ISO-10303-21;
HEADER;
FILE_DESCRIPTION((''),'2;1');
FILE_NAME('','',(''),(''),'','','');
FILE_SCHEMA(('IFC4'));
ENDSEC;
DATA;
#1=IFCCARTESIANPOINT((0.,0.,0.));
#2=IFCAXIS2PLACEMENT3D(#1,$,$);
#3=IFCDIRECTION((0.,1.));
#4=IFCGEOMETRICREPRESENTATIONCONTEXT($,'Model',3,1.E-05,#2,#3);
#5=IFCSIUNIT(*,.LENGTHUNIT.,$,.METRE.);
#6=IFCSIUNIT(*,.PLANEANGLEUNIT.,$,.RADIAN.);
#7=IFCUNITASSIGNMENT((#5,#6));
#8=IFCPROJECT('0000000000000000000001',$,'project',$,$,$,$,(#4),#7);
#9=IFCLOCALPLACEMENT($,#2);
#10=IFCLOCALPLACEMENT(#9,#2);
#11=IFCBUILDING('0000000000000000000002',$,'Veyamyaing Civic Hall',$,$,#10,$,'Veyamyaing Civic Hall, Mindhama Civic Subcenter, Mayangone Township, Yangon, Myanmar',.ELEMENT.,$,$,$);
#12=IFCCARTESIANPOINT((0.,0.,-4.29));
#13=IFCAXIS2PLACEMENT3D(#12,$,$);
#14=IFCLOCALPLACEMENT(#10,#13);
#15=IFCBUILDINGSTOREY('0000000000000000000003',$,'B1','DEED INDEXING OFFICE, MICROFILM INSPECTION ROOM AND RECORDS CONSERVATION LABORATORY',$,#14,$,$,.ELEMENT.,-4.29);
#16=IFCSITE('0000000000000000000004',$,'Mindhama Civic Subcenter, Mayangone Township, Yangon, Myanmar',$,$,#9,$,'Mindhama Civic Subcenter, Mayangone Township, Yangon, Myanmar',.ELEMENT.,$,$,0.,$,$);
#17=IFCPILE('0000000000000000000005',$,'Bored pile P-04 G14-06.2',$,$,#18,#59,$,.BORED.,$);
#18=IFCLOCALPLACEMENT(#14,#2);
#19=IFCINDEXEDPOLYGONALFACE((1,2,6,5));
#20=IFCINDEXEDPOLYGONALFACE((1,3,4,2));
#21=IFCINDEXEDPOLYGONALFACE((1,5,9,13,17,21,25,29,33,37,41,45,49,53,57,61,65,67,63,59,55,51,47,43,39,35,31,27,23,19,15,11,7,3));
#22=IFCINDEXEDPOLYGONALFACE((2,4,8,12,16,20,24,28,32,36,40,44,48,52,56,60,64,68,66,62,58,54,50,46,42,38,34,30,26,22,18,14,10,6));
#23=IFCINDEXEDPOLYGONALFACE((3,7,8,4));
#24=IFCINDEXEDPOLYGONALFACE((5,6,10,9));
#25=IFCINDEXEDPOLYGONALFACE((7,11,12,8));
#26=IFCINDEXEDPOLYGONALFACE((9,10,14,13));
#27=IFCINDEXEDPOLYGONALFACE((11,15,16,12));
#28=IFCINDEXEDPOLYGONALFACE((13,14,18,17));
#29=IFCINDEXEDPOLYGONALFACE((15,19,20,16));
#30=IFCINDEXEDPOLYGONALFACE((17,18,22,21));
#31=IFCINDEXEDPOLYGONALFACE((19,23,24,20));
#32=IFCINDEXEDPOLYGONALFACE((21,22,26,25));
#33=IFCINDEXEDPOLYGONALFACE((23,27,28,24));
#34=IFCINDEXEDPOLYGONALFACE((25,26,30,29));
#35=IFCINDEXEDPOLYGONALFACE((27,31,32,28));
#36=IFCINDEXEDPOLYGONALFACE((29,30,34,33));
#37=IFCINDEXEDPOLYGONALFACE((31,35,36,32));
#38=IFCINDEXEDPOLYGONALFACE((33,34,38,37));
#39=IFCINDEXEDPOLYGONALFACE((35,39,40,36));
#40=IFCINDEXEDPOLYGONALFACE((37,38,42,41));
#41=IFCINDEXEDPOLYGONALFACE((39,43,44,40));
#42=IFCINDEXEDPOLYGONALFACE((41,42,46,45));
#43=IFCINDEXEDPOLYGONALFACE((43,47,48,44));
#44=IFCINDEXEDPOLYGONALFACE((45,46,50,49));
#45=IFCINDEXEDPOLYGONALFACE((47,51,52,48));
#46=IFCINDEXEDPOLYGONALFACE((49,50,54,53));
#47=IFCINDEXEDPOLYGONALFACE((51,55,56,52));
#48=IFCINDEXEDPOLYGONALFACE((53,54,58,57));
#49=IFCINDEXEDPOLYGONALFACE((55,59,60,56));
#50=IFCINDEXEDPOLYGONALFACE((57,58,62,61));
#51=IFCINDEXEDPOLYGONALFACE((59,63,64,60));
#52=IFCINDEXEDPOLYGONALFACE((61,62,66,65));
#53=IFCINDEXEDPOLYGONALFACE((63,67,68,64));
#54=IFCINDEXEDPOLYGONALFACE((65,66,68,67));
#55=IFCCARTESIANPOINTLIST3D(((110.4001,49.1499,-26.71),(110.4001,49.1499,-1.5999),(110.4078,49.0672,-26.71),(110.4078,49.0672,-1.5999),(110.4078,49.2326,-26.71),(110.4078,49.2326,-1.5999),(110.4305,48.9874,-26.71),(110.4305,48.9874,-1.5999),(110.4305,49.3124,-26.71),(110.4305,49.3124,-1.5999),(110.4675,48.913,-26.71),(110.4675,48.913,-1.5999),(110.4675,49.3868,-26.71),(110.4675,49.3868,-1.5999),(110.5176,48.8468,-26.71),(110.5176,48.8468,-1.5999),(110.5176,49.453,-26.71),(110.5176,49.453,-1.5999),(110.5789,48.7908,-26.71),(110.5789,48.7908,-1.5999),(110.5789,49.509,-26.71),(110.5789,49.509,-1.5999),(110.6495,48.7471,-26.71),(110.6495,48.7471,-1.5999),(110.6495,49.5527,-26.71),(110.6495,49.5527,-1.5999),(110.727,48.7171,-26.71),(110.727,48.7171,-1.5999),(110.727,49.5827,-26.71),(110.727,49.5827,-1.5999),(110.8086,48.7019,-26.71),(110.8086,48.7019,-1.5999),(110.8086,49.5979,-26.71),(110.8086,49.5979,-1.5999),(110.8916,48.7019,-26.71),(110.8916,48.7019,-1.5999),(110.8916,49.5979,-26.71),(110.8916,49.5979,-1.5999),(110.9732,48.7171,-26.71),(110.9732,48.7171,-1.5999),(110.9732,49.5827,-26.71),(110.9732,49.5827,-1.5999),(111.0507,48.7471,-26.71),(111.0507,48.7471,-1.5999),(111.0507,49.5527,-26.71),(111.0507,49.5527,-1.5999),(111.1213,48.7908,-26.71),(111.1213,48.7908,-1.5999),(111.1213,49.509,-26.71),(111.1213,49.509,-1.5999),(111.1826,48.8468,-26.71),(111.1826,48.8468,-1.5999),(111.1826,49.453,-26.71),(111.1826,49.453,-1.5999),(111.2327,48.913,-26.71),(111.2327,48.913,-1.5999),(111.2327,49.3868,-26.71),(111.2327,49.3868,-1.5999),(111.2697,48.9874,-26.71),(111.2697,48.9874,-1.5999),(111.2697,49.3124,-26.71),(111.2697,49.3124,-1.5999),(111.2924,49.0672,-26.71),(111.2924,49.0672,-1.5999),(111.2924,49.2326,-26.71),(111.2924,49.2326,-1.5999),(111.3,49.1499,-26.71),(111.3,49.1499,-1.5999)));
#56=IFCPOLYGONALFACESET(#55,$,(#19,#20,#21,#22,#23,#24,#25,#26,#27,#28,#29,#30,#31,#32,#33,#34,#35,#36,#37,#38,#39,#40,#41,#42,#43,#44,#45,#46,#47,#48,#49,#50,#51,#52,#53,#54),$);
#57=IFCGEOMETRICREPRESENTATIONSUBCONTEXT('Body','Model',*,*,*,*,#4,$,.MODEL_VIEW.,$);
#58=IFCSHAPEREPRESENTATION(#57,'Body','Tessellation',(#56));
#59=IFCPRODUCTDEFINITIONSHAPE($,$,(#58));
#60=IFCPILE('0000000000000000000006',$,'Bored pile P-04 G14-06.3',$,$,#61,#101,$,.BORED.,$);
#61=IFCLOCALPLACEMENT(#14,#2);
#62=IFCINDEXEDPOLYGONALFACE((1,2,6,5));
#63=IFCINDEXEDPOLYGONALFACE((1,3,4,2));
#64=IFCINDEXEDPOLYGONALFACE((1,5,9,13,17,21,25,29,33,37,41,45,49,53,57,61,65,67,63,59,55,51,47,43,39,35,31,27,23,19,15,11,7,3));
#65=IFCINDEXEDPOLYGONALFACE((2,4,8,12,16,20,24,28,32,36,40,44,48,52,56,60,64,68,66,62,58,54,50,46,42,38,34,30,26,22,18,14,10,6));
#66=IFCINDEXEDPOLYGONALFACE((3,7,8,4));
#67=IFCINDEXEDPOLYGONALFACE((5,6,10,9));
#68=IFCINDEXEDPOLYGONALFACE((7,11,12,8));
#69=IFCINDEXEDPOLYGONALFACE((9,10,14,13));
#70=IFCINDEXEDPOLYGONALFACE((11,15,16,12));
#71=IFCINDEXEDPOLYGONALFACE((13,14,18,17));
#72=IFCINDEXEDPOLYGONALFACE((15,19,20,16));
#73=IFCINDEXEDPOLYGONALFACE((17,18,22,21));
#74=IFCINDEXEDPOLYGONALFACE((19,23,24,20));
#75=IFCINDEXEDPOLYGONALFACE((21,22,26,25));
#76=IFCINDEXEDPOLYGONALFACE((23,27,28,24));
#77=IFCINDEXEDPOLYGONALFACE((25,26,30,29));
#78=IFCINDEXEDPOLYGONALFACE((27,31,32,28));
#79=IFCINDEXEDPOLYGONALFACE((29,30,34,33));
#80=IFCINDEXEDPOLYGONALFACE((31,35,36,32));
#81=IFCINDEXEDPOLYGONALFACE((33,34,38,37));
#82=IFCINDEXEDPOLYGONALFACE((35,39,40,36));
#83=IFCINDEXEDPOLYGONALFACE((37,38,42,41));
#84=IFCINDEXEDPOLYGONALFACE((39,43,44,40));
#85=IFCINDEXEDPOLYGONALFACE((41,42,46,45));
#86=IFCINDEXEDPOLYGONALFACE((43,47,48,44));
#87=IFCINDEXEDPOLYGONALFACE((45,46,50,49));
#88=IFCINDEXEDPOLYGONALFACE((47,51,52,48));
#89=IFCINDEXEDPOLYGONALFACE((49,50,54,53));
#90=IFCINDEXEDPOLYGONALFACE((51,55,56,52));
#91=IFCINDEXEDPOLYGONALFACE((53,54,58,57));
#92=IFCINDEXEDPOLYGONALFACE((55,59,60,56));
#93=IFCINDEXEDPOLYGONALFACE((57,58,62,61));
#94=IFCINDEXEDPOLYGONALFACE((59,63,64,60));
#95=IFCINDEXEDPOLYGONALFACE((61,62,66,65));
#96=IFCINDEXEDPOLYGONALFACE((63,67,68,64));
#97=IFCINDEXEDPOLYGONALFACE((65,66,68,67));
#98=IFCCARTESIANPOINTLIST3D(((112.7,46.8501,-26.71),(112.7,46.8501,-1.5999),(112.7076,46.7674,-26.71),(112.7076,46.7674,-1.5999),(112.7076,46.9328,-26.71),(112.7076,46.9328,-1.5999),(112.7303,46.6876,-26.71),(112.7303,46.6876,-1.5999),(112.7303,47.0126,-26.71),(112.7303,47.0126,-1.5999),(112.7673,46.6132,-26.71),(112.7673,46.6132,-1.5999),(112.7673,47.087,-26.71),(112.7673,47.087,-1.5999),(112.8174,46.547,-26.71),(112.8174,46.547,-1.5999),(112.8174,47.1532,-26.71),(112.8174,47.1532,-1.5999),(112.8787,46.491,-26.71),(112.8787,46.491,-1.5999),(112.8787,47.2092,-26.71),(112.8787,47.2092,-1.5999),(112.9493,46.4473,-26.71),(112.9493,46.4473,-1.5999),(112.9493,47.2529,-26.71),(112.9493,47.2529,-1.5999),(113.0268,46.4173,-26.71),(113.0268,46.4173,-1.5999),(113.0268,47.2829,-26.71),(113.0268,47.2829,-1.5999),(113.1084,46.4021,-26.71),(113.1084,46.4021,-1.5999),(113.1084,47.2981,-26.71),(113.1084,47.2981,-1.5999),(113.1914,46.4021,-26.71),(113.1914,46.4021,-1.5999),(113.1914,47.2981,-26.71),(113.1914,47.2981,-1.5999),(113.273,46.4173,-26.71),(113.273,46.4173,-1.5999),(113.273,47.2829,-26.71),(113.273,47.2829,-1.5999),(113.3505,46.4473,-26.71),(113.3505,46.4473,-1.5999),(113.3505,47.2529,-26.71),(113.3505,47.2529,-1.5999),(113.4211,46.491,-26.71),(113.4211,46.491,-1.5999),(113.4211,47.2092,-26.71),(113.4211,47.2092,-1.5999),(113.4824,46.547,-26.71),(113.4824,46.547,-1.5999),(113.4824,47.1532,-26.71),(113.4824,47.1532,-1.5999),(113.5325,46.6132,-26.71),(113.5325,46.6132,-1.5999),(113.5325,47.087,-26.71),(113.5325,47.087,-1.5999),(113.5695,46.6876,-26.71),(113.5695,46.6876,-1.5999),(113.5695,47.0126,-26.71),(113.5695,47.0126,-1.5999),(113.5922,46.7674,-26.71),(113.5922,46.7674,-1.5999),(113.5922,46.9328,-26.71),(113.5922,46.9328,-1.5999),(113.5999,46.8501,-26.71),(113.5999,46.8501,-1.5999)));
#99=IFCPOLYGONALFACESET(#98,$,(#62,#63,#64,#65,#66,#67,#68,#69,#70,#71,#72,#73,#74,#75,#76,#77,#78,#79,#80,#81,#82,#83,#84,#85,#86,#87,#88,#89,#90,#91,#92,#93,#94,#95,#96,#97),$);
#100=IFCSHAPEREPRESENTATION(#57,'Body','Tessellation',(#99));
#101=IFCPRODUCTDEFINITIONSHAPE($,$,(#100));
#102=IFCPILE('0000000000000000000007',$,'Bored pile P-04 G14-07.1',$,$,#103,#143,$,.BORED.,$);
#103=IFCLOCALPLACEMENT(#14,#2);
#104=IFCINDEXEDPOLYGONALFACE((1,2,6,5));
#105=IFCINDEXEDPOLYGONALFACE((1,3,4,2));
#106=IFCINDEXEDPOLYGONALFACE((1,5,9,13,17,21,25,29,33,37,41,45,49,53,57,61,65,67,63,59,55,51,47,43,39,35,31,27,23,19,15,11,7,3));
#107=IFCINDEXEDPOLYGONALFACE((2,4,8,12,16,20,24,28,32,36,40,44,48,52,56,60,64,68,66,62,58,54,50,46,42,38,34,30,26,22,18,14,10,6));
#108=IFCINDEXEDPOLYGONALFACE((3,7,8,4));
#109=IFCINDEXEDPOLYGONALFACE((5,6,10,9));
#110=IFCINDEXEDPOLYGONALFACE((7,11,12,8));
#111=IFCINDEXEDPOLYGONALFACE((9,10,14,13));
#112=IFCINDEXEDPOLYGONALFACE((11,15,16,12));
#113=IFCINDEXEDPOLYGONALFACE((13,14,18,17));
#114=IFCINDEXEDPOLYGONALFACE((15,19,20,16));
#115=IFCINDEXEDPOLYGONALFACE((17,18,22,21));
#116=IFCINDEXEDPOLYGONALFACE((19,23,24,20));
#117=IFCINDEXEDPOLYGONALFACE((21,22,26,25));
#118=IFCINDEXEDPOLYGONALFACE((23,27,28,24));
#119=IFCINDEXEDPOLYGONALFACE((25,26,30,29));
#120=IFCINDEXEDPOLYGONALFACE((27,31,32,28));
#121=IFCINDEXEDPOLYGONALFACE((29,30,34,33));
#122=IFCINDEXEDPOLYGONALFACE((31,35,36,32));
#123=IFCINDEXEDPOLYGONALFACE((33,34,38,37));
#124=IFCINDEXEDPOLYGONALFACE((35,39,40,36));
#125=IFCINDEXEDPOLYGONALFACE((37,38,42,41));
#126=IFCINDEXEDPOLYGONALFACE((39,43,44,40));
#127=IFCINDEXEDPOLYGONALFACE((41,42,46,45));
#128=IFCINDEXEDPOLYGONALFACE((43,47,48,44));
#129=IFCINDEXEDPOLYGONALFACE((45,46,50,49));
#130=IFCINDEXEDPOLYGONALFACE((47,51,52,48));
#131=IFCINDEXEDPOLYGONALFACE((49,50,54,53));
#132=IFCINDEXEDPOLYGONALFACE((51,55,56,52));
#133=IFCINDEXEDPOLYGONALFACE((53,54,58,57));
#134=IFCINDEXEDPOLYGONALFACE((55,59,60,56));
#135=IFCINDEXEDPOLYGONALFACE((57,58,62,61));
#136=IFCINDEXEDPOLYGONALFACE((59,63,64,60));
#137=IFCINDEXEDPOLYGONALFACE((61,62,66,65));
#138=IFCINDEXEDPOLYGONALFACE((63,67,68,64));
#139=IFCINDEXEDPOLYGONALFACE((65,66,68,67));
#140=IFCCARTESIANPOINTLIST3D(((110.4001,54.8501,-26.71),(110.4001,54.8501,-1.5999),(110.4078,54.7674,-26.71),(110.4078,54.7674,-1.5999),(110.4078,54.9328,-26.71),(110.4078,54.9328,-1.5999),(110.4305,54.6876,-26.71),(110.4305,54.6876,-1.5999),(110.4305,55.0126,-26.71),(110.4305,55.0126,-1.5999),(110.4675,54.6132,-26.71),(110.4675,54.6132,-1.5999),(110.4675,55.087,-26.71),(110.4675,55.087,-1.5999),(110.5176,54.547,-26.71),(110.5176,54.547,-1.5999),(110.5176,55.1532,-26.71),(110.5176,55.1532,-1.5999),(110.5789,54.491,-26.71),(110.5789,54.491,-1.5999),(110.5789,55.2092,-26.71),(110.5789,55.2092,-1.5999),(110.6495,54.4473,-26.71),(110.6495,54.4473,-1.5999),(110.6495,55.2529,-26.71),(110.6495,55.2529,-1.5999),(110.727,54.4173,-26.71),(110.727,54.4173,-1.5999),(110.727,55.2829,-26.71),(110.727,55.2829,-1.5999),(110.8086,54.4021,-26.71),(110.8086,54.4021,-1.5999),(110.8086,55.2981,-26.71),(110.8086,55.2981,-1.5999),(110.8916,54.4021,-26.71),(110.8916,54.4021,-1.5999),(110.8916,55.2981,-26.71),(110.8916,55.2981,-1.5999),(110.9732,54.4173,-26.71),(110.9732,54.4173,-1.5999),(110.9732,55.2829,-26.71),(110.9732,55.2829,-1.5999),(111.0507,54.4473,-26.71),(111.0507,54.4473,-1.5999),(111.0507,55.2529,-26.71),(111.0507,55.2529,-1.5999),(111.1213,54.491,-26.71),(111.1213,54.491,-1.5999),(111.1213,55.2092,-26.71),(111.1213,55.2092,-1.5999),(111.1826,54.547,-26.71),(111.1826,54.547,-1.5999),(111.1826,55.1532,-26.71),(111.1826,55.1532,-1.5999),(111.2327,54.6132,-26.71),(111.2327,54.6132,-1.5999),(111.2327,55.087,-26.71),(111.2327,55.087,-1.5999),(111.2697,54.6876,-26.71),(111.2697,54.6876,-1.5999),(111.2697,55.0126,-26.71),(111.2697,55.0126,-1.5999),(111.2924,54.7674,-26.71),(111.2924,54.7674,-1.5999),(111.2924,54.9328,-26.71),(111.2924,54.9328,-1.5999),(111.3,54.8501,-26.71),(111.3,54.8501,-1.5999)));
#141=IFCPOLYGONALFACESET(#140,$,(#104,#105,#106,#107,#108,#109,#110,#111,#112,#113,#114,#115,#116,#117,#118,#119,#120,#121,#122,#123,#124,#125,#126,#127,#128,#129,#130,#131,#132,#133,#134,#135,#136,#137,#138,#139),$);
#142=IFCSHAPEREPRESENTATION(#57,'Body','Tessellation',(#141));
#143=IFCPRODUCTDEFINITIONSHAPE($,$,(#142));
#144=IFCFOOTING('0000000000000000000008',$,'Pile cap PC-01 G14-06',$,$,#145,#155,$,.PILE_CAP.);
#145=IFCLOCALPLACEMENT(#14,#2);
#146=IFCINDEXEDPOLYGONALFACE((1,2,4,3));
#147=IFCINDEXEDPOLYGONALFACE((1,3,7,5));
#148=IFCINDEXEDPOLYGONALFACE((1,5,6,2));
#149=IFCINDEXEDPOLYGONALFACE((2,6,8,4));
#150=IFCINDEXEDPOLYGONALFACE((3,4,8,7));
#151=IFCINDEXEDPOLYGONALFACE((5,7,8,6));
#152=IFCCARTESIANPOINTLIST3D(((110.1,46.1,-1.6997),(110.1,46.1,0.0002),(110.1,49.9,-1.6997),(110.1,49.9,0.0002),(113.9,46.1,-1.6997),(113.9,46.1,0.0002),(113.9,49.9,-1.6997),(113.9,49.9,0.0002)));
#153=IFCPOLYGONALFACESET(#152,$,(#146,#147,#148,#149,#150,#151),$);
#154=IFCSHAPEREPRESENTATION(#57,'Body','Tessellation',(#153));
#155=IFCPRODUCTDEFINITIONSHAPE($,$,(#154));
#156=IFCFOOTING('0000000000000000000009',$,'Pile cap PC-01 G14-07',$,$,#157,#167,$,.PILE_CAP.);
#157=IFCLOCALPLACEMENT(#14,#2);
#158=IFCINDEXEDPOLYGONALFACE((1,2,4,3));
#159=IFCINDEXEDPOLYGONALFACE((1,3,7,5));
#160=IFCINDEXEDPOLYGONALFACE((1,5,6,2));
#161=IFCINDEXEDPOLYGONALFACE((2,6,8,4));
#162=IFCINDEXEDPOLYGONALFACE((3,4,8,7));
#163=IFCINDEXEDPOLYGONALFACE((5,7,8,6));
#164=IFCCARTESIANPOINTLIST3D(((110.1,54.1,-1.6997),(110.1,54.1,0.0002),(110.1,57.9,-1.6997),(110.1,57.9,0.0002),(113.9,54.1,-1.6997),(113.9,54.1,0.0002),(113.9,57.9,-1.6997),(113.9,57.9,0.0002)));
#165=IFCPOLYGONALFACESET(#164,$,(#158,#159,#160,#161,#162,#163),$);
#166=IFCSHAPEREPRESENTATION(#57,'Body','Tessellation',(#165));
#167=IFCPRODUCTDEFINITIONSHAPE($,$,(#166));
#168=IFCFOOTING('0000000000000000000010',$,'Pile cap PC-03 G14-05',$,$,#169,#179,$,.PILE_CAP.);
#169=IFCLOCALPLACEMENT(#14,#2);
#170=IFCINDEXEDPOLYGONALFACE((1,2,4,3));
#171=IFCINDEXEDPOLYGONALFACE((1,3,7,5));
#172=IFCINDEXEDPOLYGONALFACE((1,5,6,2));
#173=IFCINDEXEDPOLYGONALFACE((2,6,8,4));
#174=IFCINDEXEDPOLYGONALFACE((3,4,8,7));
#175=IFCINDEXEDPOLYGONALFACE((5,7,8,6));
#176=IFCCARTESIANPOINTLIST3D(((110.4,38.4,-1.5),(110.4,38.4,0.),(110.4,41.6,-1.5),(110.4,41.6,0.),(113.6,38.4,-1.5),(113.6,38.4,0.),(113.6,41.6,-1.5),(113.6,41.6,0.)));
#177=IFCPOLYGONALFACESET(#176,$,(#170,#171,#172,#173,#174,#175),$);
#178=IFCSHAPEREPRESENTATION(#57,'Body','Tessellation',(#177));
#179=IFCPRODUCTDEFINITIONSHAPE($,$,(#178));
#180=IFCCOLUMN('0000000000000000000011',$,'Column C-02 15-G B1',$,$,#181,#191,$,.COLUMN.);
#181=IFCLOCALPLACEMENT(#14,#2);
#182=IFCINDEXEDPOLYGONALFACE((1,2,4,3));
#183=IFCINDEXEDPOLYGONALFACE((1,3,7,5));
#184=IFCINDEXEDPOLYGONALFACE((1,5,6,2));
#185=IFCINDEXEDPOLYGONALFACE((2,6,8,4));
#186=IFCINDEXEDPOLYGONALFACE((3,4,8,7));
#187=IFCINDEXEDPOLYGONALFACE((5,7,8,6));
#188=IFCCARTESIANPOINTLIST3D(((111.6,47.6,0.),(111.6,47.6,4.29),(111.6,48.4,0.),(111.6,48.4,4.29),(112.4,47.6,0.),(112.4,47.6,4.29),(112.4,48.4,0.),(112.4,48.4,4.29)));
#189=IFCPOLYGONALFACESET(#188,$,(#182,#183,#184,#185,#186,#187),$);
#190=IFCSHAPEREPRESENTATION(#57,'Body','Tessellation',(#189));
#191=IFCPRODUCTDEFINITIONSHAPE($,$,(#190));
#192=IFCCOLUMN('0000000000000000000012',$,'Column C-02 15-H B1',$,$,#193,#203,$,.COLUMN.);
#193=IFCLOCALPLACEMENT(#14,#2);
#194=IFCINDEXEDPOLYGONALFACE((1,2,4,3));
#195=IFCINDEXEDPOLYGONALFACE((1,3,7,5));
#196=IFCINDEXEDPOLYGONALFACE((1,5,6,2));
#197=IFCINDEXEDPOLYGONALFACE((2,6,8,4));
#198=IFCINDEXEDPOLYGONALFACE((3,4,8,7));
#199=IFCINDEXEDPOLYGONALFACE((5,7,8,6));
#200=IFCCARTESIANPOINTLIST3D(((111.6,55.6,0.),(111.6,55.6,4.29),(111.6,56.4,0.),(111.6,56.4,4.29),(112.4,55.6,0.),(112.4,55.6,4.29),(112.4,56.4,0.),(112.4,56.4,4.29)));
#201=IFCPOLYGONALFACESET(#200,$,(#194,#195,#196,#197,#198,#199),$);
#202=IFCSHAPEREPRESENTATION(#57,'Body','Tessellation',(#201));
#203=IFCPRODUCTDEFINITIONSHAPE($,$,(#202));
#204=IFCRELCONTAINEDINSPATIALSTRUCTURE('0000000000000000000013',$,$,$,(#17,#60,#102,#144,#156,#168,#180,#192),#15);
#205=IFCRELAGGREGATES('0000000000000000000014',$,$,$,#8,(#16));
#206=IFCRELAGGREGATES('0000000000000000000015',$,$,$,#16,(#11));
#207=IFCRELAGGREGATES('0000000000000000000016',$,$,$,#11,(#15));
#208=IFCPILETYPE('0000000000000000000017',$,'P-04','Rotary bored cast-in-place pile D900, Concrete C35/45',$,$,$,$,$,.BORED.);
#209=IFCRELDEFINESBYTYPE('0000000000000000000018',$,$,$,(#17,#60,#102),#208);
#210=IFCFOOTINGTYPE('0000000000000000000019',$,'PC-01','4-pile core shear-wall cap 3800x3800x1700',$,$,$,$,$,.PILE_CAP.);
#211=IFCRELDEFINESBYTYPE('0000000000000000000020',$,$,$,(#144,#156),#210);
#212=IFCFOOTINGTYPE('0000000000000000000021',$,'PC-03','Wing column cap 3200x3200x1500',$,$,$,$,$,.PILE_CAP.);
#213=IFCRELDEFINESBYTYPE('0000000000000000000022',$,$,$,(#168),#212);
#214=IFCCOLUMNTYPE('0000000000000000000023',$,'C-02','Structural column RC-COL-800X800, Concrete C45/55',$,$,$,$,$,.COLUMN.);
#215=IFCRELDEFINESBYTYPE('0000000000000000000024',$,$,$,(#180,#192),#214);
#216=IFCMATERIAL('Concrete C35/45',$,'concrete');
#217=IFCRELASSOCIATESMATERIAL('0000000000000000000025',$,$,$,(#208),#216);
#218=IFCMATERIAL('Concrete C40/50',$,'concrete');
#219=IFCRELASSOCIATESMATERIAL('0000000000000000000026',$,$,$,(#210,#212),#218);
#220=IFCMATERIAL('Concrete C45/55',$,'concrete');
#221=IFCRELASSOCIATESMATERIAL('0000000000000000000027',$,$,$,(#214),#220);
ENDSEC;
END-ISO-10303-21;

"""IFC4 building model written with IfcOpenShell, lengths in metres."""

from ifc_helpers import new_model, si_unit, direction, frame, origin, origin_2d, place, context, subcontext, project, spatial, rectangle, circle, extrude, material, material_profile, profile_set, type_object, element, save


model = new_model("IFC4")

# Units and contexts
model_context = context("Model", 3, precision=1e-05, world=origin(), true_north=direction((0.0, 1.0)))
body_context = subcontext(model_context, "Body", "Model", "MODEL_VIEW")
ifc_project = project(units=[si_unit("LENGTHUNIT", "METRE"), si_unit("PLANEANGLEUNIT", "RADIAN")], contexts=[model_context])

# Site, building, storey
site_placement = place(None, origin())
site = spatial("IfcSite", under=ifc_project, at=site_placement, Name="Mindhama Civic Subcenter, Mayangone Township, Yangon, Myanmar", LongName="Mindhama Civic Subcenter, Mayangone Township, Yangon, Myanmar", CompositionType="ELEMENT", RefElevation=0.0)
building_placement = place(site_placement, origin())
building = spatial("IfcBuilding", under=site, at=building_placement, Name="Veyamyaing Civic Hall", LongName="Veyamyaing Civic Hall, Mindhama Civic Subcenter, Mayangone Township, Yangon, Myanmar", CompositionType="ELEMENT")
storey_placement = place(building_placement, frame((0.0, 0.0, -4.29)))
storey = spatial("IfcBuildingStorey", under=building, at=storey_placement, Name="B1", Description="DEED INDEXING OFFICE, MICROFILM INSPECTION ROOM AND RECORDS CONSERVATION LABORATORY", CompositionType="ELEMENT", Elevation=-4.29)

# Shared definitions
ifc_material_1 = material(Name="Concrete C40/50", Category="concrete")

# Piles
ifc_material_2 = material(Name="Concrete C35/45", Category="concrete")
ifc_material_profile_1 = material_profile(ifc_material_2, circle(Radius=0.45, at=origin_2d()), Name="PILE-D900")
ifc_profile_set_1 = profile_set([ifc_material_profile_1], Name="Concrete C35/45")
pile_type_1 = type_object("IfcPileType", Name="P-04", Description="Rotary bored cast-in-place pile D900, Concrete C35/45", PredefinedType="BORED", material=ifc_profile_set_1)
for number, where, z_axis, x_axis, name in (
    (1, (110.8501, 49.1499, -1.5999), (0.0, 0.0, -1.0), (1.0, 0.0, 0.0), "Bored pile P-04 G14-06.2"),
    (2, (113.1499, 46.8501, -1.5999), (0.0, 0.0, -1.0), (1.0, 0.0, 0.0), "Bored pile P-04 G14-06.3"),
    (3, (110.8501, 54.8501, -1.5999), (0.0, 0.0, -1.0), (1.0, 0.0, 0.0), "Bored pile P-04 G14-07.1"),
):
    element("IfcPile", number, at=place(storey_placement, frame(where, z_axis=z_axis, x_axis=x_axis)), inside=storey, type_object=pile_type_1, Name=name, PredefinedType="BORED", context=body_context, shape_type="SweptSolid", body=[
        extrude(circle(Radius=0.45, at=origin_2d()), origin(), (0.0, 0.0, 1.0), 25.1101),
    ])

# Footings
footing_type_1 = type_object("IfcFootingType", Name="PC-01", Description="4-pile core shear-wall cap 3800x3800x1700", PredefinedType="PILE_CAP", material=ifc_material_1)
for number, where, z_axis, x_axis, name in (
    (4, (112.0, 48.0, -1.6997), (0.0, 0.0, 1.0), (1.0, 0.0, 0.0), "Pile cap PC-01 G14-06"),
    (5, (112.0, 56.0, -1.6997), (0.0, 0.0, 1.0), (1.0, 0.0, 0.0), "Pile cap PC-01 G14-07"),
):
    element("IfcFooting", number, at=place(storey_placement, frame(where, z_axis=z_axis, x_axis=x_axis)), inside=storey, type_object=footing_type_1, Name=name, PredefinedType="PILE_CAP", context=body_context, shape_type="SweptSolid", body=[
        extrude(rectangle(XDim=3.8, YDim=3.8, at=origin_2d()), origin(), (0.0, 0.0, 1.0), 1.7),
    ])
footing_type_2 = type_object("IfcFootingType", Name="PC-03", Description="Wing column cap 3200x3200x1500", PredefinedType="PILE_CAP", material=ifc_material_1)
footing_1_placement = place(storey_placement, frame((112.0, 40.0, -1.5), z_axis=(0.0, 0.0, 1.0), x_axis=(1.0, 0.0, 0.0)))
element("IfcFooting", 6, at=footing_1_placement, inside=storey, type_object=footing_type_2, Name="Pile cap PC-03 G14-05", PredefinedType="PILE_CAP", context=body_context, shape_type="SweptSolid", body=[
    extrude(rectangle(XDim=3.2, YDim=3.2, at=origin_2d()), origin(), (0.0, 0.0, 1.0), 1.5),
])

# Columns
ifc_material_3 = material(Name="Concrete C45/55", Category="concrete")
ifc_material_profile_2 = material_profile(ifc_material_3, rectangle(XDim=0.8, YDim=0.8, at=origin_2d()), Name="RC-COL-800X800")
ifc_profile_set_2 = profile_set([ifc_material_profile_2], Name="Concrete C45/55")
column_type_1 = type_object("IfcColumnType", Name="C-02", Description="Structural column RC-COL-800X800, Concrete C45/55", PredefinedType="COLUMN", material=ifc_profile_set_2)
for number, where, z_axis, x_axis, name in (
    (7, (112.0, 48.0, 0.0), (0.0, 0.0, 1.0), (1.0, 0.0, 0.0), "Column C-02 15-G B1"),
    (8, (112.0, 56.0, 0.0), (0.0, 0.0, 1.0), (1.0, 0.0, 0.0), "Column C-02 15-H B1"),
):
    element("IfcColumn", number, at=place(storey_placement, frame(where, z_axis=z_axis, x_axis=x_axis)), inside=storey, type_object=column_type_1, Name=name, PredefinedType="COLUMN", context=body_context, shape_type="SweptSolid", body=[
        extrude(rectangle(XDim=0.8, YDim=0.8, at=origin_2d()), origin(), (0.0, 0.0, 1.0), 4.29),
    ])

save(model, "model.ifc")
